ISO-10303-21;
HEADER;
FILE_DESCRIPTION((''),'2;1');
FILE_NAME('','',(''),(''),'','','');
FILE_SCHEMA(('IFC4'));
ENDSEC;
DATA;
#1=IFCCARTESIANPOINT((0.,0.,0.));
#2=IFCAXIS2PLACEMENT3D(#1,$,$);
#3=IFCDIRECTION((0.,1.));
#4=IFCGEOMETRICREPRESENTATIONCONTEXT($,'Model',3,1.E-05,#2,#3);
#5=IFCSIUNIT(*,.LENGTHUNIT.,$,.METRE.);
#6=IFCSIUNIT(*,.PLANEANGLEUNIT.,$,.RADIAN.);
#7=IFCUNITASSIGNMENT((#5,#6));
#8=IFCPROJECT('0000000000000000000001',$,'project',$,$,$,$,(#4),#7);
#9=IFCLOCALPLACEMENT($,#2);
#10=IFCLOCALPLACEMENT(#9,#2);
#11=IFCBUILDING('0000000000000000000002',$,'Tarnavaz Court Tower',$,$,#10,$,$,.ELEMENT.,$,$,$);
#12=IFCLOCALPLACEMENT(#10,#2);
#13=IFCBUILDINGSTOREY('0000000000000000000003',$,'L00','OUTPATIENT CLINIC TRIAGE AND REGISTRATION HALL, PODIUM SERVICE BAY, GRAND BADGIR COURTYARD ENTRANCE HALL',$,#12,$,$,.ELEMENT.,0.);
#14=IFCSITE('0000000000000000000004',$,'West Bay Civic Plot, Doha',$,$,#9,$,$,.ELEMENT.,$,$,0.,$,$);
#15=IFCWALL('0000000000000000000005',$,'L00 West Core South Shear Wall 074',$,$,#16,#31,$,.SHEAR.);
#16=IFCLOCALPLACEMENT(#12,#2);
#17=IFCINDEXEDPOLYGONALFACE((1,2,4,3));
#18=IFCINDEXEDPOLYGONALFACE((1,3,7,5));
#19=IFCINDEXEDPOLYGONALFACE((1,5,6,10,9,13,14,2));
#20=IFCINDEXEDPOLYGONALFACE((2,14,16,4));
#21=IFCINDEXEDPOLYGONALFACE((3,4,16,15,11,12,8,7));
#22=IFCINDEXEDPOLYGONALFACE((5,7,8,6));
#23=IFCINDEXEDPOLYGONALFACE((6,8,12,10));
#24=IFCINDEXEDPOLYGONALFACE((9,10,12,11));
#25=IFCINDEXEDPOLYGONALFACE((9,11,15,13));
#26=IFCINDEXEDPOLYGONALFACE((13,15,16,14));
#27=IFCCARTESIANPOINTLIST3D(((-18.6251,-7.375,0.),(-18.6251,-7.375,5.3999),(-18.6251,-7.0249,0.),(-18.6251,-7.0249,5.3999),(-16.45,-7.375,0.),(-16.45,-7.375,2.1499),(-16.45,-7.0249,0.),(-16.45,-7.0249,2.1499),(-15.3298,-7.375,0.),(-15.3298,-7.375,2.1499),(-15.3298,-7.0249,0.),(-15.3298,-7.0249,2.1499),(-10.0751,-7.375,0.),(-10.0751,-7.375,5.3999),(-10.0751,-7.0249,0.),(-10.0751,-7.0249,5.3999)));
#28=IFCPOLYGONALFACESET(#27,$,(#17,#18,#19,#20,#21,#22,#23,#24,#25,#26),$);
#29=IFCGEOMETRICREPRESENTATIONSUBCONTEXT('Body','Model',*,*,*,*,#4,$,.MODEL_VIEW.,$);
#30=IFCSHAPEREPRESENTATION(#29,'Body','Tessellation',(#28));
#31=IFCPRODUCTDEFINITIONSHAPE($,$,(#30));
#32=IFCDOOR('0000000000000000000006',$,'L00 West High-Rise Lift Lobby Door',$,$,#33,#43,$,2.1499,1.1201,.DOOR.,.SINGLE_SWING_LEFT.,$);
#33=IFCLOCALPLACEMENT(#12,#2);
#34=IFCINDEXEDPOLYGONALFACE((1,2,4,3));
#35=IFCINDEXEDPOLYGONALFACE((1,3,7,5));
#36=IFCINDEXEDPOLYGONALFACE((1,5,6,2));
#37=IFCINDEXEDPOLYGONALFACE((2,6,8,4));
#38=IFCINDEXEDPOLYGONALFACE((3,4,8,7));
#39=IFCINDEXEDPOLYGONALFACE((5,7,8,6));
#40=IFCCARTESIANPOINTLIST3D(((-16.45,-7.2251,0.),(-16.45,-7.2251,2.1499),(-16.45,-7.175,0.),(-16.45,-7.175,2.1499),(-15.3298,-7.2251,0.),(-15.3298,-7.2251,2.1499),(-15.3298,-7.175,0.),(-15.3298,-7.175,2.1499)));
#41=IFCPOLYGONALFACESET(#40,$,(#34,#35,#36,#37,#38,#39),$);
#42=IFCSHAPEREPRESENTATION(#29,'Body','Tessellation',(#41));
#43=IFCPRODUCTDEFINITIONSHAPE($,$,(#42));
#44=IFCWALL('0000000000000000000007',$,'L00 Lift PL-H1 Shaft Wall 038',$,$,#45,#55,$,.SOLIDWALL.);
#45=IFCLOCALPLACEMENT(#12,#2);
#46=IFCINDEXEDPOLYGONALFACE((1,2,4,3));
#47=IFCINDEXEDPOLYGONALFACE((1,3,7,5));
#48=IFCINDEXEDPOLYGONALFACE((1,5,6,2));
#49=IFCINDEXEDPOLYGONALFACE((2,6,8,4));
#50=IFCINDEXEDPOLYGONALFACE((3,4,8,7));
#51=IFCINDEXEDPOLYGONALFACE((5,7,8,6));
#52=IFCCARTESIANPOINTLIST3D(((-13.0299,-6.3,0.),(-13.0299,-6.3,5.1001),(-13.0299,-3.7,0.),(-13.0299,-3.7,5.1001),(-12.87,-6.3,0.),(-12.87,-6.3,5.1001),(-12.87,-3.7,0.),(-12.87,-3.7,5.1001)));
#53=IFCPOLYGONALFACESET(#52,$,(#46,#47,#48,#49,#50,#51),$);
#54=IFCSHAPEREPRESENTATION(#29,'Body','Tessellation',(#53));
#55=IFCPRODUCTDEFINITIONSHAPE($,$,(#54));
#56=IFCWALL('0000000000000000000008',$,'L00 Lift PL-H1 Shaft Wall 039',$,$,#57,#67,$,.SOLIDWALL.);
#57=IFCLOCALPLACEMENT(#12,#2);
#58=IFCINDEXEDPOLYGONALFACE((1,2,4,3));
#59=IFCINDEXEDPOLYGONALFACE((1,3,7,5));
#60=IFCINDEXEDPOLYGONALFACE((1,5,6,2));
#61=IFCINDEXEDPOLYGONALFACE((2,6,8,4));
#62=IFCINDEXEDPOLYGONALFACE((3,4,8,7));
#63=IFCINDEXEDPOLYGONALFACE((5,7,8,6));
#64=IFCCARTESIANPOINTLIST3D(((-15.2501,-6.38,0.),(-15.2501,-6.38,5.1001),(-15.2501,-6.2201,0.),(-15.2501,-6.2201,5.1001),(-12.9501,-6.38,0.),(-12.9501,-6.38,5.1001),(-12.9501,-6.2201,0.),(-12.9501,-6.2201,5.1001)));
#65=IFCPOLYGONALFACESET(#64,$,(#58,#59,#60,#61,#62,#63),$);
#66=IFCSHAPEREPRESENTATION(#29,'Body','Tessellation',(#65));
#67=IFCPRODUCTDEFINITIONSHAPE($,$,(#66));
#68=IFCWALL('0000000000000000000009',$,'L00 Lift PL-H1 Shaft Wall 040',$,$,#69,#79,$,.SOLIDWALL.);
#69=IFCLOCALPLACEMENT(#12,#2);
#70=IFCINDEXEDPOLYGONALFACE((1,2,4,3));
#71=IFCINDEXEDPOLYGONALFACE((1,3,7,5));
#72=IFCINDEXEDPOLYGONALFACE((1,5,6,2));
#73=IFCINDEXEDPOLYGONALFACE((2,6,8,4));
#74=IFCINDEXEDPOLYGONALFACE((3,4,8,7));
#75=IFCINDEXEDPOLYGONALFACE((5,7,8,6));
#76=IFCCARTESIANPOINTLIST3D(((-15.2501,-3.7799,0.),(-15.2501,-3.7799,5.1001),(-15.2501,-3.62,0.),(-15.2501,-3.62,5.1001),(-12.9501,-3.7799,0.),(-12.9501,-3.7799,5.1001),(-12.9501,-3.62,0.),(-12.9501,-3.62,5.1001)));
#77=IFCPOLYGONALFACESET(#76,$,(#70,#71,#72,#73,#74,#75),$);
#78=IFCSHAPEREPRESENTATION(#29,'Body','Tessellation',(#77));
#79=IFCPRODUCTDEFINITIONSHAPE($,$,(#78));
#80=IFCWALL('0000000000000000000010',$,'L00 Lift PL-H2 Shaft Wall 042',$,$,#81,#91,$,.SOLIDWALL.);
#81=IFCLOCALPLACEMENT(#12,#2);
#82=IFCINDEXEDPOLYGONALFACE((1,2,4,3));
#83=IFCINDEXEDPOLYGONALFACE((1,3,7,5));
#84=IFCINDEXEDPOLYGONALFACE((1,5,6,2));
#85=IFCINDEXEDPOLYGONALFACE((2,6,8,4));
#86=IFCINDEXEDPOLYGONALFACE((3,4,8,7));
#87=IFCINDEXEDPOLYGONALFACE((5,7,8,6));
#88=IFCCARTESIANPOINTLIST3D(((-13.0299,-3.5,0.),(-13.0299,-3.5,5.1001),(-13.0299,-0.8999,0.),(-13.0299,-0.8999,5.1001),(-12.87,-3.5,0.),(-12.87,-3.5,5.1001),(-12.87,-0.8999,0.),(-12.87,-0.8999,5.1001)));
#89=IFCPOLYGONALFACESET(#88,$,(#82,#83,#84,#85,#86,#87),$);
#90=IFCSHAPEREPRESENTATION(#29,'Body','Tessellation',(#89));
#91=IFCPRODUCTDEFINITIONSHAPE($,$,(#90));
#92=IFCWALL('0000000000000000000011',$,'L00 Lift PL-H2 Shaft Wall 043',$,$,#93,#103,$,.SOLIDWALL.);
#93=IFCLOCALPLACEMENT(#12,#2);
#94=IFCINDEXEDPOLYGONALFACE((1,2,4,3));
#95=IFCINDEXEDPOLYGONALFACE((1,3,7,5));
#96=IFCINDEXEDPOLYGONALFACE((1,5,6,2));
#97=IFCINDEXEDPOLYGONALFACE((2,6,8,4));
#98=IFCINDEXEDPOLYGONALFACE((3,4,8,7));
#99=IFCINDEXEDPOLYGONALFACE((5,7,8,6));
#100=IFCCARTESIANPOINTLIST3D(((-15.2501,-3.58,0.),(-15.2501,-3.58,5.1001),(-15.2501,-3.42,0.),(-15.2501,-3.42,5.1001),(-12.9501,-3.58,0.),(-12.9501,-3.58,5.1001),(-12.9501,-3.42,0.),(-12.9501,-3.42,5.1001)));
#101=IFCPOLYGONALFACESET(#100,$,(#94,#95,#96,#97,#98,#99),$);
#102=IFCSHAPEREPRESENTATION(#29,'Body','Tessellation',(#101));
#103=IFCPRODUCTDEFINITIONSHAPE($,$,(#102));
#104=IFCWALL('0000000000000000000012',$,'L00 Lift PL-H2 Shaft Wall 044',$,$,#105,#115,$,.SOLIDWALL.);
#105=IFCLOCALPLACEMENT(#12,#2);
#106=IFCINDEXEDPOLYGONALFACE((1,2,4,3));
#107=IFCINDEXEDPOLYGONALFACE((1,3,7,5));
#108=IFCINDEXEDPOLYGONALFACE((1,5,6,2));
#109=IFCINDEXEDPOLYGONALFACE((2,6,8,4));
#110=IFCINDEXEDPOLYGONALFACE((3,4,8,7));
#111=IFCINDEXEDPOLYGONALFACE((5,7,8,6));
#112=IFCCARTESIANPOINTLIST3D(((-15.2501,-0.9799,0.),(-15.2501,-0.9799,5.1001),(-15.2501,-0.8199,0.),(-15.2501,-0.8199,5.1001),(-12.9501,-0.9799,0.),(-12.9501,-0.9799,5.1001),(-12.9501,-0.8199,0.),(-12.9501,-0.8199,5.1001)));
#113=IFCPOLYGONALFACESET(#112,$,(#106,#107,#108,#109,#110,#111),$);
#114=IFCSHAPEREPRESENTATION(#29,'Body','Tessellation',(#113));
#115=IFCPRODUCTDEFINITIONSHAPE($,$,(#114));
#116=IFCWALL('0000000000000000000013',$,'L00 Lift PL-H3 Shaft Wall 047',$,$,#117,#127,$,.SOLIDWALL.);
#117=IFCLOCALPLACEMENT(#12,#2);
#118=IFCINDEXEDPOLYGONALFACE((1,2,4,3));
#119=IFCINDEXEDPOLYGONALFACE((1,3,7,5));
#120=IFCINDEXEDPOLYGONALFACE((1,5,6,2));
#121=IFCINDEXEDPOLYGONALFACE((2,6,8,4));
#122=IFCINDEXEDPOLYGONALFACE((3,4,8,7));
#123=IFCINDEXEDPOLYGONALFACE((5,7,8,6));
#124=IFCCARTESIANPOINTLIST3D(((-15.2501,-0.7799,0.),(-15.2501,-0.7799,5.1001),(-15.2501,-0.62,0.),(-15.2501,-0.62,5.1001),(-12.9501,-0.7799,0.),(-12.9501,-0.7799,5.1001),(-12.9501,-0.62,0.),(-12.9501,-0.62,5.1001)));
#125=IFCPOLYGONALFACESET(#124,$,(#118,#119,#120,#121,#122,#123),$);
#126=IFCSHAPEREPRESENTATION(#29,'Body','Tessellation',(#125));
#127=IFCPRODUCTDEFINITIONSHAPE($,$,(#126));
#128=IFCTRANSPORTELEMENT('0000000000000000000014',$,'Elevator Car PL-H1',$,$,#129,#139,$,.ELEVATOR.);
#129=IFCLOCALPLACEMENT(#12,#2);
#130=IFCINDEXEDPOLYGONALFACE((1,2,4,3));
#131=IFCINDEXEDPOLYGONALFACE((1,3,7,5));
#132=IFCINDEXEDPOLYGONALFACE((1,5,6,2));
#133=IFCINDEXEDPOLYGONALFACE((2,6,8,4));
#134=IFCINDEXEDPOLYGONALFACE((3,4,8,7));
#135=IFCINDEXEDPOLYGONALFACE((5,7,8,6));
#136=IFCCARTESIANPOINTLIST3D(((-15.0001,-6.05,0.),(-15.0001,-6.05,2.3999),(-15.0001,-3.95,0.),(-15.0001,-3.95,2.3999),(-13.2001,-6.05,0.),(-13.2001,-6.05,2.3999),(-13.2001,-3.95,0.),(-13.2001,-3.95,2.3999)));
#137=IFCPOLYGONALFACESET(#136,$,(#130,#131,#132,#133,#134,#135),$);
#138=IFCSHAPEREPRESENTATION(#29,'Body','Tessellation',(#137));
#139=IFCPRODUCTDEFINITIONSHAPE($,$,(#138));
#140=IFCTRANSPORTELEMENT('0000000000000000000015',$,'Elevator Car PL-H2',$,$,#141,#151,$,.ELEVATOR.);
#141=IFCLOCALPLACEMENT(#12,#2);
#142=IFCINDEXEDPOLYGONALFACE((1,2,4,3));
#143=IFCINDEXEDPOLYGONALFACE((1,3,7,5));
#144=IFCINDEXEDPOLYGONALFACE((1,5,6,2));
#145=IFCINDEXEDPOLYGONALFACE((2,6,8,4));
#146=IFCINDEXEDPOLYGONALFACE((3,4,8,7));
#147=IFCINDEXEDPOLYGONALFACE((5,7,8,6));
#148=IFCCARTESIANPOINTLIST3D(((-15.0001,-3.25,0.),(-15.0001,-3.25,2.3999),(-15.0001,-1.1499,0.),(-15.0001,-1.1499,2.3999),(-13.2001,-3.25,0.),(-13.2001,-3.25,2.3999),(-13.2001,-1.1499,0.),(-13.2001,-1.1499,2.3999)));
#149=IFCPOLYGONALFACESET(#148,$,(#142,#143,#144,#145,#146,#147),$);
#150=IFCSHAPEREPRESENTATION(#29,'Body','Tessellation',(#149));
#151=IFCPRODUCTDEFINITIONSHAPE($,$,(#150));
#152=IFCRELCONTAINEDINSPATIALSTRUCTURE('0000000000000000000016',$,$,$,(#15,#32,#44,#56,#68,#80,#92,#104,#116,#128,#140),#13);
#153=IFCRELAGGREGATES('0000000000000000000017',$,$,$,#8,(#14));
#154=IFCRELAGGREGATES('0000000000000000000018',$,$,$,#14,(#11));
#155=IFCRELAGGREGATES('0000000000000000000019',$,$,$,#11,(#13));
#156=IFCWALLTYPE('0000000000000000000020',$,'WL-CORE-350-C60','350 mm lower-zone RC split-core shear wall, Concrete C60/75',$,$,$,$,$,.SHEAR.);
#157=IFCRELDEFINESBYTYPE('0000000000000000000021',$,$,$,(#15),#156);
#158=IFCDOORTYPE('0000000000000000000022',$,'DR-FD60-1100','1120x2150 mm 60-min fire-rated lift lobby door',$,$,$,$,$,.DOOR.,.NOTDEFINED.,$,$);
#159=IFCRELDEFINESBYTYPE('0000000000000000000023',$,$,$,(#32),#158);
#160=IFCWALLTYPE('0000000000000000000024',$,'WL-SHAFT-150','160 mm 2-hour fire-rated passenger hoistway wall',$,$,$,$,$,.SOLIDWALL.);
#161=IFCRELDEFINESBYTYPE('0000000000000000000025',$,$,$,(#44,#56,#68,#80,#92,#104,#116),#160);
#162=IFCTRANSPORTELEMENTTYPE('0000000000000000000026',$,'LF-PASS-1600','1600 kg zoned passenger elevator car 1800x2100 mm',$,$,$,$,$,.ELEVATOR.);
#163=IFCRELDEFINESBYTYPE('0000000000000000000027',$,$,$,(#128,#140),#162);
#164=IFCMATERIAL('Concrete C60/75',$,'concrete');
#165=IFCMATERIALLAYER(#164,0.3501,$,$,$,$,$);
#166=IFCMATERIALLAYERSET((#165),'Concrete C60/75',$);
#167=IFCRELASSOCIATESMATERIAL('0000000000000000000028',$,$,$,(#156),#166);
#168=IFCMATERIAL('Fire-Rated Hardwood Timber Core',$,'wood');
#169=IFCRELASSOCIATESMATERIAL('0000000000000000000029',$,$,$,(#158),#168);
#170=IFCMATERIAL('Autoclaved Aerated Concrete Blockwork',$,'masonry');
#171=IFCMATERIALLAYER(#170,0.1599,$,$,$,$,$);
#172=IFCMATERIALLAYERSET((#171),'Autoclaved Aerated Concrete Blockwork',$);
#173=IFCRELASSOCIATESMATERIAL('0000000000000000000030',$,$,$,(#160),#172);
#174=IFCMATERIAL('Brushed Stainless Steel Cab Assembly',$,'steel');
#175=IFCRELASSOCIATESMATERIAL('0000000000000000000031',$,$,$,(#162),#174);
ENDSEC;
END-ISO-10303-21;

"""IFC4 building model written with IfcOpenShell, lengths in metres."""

from ifc_helpers import new_model, si_unit, direction, frame, frame_2d, origin, origin_2d, place, context, subcontext, project, spatial, rectangle, extrude, material, layer, layer_set, type_object, element, fill, save


model = new_model("IFC4")

# Units and contexts
model_context = context("Model", 3, precision=1e-05, world=origin(), true_north=direction((0.0, 1.0)))
body_context = subcontext(model_context, "Body", "Model", "MODEL_VIEW")
ifc_project = project(units=[si_unit("LENGTHUNIT", "METRE"), si_unit("PLANEANGLEUNIT", "RADIAN")], contexts=[model_context])

# Site, building, storey
site_placement = place(None, origin())
site = spatial("IfcSite", under=ifc_project, at=site_placement, Name="West Bay Civic Plot, Doha", CompositionType="ELEMENT", RefElevation=0.0)
building_placement = place(site_placement, origin())
building = spatial("IfcBuilding", under=site, at=building_placement, Name="Tarnavaz Court Tower", CompositionType="ELEMENT")
storey_placement = place(building_placement, origin())
storey = spatial("IfcBuildingStorey", under=building, at=storey_placement, Name="L00", Description="OUTPATIENT CLINIC TRIAGE AND REGISTRATION HALL, PODIUM SERVICE BAY, GRAND BADGIR COURTYARD ENTRANCE HALL", CompositionType="ELEMENT", Elevation=0.0)

# Shared definitions
ifc_material_1 = material(Name="Concrete C60/75", Category="concrete")

# Shared definitions
ifc_layer_1 = layer(ifc_material_1, 0.3501)
ifc_layer_set_1 = layer_set([ifc_layer_1], Name="Concrete C60/75")
wall_type_1 = type_object("IfcWallType", Name="WL-CORE-350-C60", Description="350 mm lower-zone RC split-core shear wall, Concrete C60/75", PredefinedType="SHEAR", material=ifc_layer_set_1)

# Wall, opening, door
wall_1_placement = place(storey_placement, frame((-18.625, -7.2, 0.0), z_axis=(0.0, 0.0, 1.0), x_axis=(1.0, 0.0, 0.0)))
wall_1 = element("IfcWall", 1, at=wall_1_placement, inside=storey, type_object=wall_type_1, Name="L00 West Core South Shear Wall 074", PredefinedType="SHEAR", context=body_context, shape_type="SweptSolid", body=[
    extrude(rectangle(XDim=8.55, YDim=0.3501, at=frame_2d((4.2749, 0.0))), origin(), (0.0, 0.0, 1.0), 5.3999),
])
opening_1_placement = place(wall_1_placement, frame((2.175, 0.0, 0.0)))
opening_1 = element("IfcOpeningElement", 2, at=opening_1_placement, cuts=wall_1, PredefinedType="OPENING", context=body_context, shape_type="SweptSolid", body=[
    extrude(rectangle(XDim=1.1201, YDim=2.1499, at=frame_2d((0.5601, 1.075))), frame((0.0, 0.1851, 0.0), z_axis=(0.0, -1.0, 0.0), x_axis=(1.0, 0.0, 0.0)), (0.0, 0.0, 1.0), 0.3701),
])
ifc_material_2 = material(Name="Fire-Rated Hardwood Timber Core", Category="wood")
door_type_1 = type_object("IfcDoorType", Name="DR-FD60-1100", Description="1120x2150 mm 60-min fire-rated lift lobby door", OperationType="NOTDEFINED", PredefinedType="DOOR", material=ifc_material_2)
door_1_placement = place(opening_1_placement, origin())
door_1 = element("IfcDoor", 3, at=door_1_placement, inside=storey, type_object=door_type_1, Name="L00 West High-Rise Lift Lobby Door", OperationType="SINGLE_SWING_LEFT", OverallHeight=2.1499, OverallWidth=1.1201, PredefinedType="DOOR", context=body_context, shape_type="SweptSolid", body=[
    extrude(rectangle(XDim=1.1201, YDim=2.1499, at=frame_2d((0.5601, 1.075))), frame((0.0, 0.0249, 0.0), z_axis=(0.0, -1.0, 0.0), x_axis=(1.0, 0.0, 0.0)), (0.0, 0.0, 1.0), 0.05),
])
fill(opening_1, door_1)
ifc_material_3 = material(Name="Autoclaved Aerated Concrete Blockwork", Category="masonry")
ifc_layer_2 = layer(ifc_material_3, 0.1599)
ifc_layer_set_2 = layer_set([ifc_layer_2], Name="Autoclaved Aerated Concrete Blockwork")
wall_type_2 = type_object("IfcWallType", Name="WL-SHAFT-150", Description="160 mm 2-hour fire-rated passenger hoistway wall", PredefinedType="SOLIDWALL", material=ifc_layer_set_2)

# Walls
wall_2_placement = place(storey_placement, frame((-12.95, -6.3, 0.0), z_axis=(0.0, 0.0, 1.0), x_axis=(0.0, 1.0, 0.0)))
element("IfcWall", 4, at=wall_2_placement, inside=storey, type_object=wall_type_2, Name="L00 Lift PL-H1 Shaft Wall 038", PredefinedType="SOLIDWALL", context=body_context, shape_type="SweptSolid", body=[
    extrude(rectangle(XDim=2.6001, YDim=0.1599, at=frame_2d((1.3, 0.0))), origin(), (0.0, 0.0, 1.0), 5.1001),
])
for number, where, z_axis, x_axis, name in (
    (5, (-15.25, -6.3, 0.0), (0.0, 0.0, 1.0), (1.0, 0.0, 0.0), "L00 Lift PL-H1 Shaft Wall 039"),
    (6, (-15.25, -3.7, 0.0), (0.0, 0.0, 1.0), (1.0, 0.0, 0.0), "L00 Lift PL-H1 Shaft Wall 040"),
):
    element("IfcWall", number, at=place(storey_placement, frame(where, z_axis=z_axis, x_axis=x_axis)), inside=storey, type_object=wall_type_2, Name=name, PredefinedType="SOLIDWALL", context=body_context, shape_type="SweptSolid", body=[
        extrude(rectangle(XDim=2.3, YDim=0.1599, at=frame_2d((1.1499, 0.0))), origin(), (0.0, 0.0, 1.0), 5.1001),
    ])

# Walls
wall_3_placement = place(storey_placement, frame((-12.95, -3.5, 0.0), z_axis=(0.0, 0.0, 1.0), x_axis=(0.0, 1.0, 0.0)))
element("IfcWall", 7, at=wall_3_placement, inside=storey, type_object=wall_type_2, Name="L00 Lift PL-H2 Shaft Wall 042", PredefinedType="SOLIDWALL", context=body_context, shape_type="SweptSolid", body=[
    extrude(rectangle(XDim=2.6001, YDim=0.1599, at=frame_2d((1.3, 0.0))), origin(), (0.0, 0.0, 1.0), 5.1001),
])
for number, where, z_axis, x_axis, name in (
    (8, (-15.25, -3.5, 0.0), (0.0, 0.0, 1.0), (1.0, 0.0, 0.0), "L00 Lift PL-H2 Shaft Wall 043"),
    (9, (-15.25, -0.8999, 0.0), (0.0, 0.0, 1.0), (1.0, 0.0, 0.0), "L00 Lift PL-H2 Shaft Wall 044"),
):
    element("IfcWall", number, at=place(storey_placement, frame(where, z_axis=z_axis, x_axis=x_axis)), inside=storey, type_object=wall_type_2, Name=name, PredefinedType="SOLIDWALL", context=body_context, shape_type="SweptSolid", body=[
        extrude(rectangle(XDim=2.3, YDim=0.1599, at=frame_2d((1.1499, 0.0))), origin(), (0.0, 0.0, 1.0), 5.1001),
    ])

# Wall
wall_4_placement = place(storey_placement, frame((-15.25, -0.7, 0.0), z_axis=(0.0, 0.0, 1.0), x_axis=(1.0, 0.0, 0.0)))
element("IfcWall", 10, at=wall_4_placement, inside=storey, type_object=wall_type_2, Name="L00 Lift PL-H3 Shaft Wall 047", PredefinedType="SOLIDWALL", context=body_context, shape_type="SweptSolid", body=[
    extrude(rectangle(XDim=2.3, YDim=0.1599, at=frame_2d((1.1499, 0.0))), origin(), (0.0, 0.0, 1.0), 5.1001),
])

# Transport elements
ifc_material_4 = material(Name="Brushed Stainless Steel Cab Assembly", Category="steel")
transport_element_type = type_object("IfcTransportElementType", Name="LF-PASS-1600", Description="1600 kg zoned passenger elevator car 1800x2100 mm", PredefinedType="ELEVATOR", material=ifc_material_4)
for number, where, z_axis, x_axis, name in (
    (11, (-14.1001, -5.0, 0.0), (0.0, 0.0, 1.0), (1.0, 0.0, 0.0), "Elevator Car PL-H1"),
    (12, (-14.1001, -2.2, 0.0), (0.0, 0.0, 1.0), (1.0, 0.0, 0.0), "Elevator Car PL-H2"),
):
    element("IfcTransportElement", number, at=place(storey_placement, frame(where, z_axis=z_axis, x_axis=x_axis)), inside=storey, type_object=transport_element_type, Name=name, PredefinedType="ELEVATOR", context=body_context, shape_type="SweptSolid", body=[
        extrude(rectangle(XDim=1.8, YDim=2.1001, at=origin_2d()), origin(), (0.0, 0.0, 1.0), 2.3999),
    ])

save(model, "model.ifc")
